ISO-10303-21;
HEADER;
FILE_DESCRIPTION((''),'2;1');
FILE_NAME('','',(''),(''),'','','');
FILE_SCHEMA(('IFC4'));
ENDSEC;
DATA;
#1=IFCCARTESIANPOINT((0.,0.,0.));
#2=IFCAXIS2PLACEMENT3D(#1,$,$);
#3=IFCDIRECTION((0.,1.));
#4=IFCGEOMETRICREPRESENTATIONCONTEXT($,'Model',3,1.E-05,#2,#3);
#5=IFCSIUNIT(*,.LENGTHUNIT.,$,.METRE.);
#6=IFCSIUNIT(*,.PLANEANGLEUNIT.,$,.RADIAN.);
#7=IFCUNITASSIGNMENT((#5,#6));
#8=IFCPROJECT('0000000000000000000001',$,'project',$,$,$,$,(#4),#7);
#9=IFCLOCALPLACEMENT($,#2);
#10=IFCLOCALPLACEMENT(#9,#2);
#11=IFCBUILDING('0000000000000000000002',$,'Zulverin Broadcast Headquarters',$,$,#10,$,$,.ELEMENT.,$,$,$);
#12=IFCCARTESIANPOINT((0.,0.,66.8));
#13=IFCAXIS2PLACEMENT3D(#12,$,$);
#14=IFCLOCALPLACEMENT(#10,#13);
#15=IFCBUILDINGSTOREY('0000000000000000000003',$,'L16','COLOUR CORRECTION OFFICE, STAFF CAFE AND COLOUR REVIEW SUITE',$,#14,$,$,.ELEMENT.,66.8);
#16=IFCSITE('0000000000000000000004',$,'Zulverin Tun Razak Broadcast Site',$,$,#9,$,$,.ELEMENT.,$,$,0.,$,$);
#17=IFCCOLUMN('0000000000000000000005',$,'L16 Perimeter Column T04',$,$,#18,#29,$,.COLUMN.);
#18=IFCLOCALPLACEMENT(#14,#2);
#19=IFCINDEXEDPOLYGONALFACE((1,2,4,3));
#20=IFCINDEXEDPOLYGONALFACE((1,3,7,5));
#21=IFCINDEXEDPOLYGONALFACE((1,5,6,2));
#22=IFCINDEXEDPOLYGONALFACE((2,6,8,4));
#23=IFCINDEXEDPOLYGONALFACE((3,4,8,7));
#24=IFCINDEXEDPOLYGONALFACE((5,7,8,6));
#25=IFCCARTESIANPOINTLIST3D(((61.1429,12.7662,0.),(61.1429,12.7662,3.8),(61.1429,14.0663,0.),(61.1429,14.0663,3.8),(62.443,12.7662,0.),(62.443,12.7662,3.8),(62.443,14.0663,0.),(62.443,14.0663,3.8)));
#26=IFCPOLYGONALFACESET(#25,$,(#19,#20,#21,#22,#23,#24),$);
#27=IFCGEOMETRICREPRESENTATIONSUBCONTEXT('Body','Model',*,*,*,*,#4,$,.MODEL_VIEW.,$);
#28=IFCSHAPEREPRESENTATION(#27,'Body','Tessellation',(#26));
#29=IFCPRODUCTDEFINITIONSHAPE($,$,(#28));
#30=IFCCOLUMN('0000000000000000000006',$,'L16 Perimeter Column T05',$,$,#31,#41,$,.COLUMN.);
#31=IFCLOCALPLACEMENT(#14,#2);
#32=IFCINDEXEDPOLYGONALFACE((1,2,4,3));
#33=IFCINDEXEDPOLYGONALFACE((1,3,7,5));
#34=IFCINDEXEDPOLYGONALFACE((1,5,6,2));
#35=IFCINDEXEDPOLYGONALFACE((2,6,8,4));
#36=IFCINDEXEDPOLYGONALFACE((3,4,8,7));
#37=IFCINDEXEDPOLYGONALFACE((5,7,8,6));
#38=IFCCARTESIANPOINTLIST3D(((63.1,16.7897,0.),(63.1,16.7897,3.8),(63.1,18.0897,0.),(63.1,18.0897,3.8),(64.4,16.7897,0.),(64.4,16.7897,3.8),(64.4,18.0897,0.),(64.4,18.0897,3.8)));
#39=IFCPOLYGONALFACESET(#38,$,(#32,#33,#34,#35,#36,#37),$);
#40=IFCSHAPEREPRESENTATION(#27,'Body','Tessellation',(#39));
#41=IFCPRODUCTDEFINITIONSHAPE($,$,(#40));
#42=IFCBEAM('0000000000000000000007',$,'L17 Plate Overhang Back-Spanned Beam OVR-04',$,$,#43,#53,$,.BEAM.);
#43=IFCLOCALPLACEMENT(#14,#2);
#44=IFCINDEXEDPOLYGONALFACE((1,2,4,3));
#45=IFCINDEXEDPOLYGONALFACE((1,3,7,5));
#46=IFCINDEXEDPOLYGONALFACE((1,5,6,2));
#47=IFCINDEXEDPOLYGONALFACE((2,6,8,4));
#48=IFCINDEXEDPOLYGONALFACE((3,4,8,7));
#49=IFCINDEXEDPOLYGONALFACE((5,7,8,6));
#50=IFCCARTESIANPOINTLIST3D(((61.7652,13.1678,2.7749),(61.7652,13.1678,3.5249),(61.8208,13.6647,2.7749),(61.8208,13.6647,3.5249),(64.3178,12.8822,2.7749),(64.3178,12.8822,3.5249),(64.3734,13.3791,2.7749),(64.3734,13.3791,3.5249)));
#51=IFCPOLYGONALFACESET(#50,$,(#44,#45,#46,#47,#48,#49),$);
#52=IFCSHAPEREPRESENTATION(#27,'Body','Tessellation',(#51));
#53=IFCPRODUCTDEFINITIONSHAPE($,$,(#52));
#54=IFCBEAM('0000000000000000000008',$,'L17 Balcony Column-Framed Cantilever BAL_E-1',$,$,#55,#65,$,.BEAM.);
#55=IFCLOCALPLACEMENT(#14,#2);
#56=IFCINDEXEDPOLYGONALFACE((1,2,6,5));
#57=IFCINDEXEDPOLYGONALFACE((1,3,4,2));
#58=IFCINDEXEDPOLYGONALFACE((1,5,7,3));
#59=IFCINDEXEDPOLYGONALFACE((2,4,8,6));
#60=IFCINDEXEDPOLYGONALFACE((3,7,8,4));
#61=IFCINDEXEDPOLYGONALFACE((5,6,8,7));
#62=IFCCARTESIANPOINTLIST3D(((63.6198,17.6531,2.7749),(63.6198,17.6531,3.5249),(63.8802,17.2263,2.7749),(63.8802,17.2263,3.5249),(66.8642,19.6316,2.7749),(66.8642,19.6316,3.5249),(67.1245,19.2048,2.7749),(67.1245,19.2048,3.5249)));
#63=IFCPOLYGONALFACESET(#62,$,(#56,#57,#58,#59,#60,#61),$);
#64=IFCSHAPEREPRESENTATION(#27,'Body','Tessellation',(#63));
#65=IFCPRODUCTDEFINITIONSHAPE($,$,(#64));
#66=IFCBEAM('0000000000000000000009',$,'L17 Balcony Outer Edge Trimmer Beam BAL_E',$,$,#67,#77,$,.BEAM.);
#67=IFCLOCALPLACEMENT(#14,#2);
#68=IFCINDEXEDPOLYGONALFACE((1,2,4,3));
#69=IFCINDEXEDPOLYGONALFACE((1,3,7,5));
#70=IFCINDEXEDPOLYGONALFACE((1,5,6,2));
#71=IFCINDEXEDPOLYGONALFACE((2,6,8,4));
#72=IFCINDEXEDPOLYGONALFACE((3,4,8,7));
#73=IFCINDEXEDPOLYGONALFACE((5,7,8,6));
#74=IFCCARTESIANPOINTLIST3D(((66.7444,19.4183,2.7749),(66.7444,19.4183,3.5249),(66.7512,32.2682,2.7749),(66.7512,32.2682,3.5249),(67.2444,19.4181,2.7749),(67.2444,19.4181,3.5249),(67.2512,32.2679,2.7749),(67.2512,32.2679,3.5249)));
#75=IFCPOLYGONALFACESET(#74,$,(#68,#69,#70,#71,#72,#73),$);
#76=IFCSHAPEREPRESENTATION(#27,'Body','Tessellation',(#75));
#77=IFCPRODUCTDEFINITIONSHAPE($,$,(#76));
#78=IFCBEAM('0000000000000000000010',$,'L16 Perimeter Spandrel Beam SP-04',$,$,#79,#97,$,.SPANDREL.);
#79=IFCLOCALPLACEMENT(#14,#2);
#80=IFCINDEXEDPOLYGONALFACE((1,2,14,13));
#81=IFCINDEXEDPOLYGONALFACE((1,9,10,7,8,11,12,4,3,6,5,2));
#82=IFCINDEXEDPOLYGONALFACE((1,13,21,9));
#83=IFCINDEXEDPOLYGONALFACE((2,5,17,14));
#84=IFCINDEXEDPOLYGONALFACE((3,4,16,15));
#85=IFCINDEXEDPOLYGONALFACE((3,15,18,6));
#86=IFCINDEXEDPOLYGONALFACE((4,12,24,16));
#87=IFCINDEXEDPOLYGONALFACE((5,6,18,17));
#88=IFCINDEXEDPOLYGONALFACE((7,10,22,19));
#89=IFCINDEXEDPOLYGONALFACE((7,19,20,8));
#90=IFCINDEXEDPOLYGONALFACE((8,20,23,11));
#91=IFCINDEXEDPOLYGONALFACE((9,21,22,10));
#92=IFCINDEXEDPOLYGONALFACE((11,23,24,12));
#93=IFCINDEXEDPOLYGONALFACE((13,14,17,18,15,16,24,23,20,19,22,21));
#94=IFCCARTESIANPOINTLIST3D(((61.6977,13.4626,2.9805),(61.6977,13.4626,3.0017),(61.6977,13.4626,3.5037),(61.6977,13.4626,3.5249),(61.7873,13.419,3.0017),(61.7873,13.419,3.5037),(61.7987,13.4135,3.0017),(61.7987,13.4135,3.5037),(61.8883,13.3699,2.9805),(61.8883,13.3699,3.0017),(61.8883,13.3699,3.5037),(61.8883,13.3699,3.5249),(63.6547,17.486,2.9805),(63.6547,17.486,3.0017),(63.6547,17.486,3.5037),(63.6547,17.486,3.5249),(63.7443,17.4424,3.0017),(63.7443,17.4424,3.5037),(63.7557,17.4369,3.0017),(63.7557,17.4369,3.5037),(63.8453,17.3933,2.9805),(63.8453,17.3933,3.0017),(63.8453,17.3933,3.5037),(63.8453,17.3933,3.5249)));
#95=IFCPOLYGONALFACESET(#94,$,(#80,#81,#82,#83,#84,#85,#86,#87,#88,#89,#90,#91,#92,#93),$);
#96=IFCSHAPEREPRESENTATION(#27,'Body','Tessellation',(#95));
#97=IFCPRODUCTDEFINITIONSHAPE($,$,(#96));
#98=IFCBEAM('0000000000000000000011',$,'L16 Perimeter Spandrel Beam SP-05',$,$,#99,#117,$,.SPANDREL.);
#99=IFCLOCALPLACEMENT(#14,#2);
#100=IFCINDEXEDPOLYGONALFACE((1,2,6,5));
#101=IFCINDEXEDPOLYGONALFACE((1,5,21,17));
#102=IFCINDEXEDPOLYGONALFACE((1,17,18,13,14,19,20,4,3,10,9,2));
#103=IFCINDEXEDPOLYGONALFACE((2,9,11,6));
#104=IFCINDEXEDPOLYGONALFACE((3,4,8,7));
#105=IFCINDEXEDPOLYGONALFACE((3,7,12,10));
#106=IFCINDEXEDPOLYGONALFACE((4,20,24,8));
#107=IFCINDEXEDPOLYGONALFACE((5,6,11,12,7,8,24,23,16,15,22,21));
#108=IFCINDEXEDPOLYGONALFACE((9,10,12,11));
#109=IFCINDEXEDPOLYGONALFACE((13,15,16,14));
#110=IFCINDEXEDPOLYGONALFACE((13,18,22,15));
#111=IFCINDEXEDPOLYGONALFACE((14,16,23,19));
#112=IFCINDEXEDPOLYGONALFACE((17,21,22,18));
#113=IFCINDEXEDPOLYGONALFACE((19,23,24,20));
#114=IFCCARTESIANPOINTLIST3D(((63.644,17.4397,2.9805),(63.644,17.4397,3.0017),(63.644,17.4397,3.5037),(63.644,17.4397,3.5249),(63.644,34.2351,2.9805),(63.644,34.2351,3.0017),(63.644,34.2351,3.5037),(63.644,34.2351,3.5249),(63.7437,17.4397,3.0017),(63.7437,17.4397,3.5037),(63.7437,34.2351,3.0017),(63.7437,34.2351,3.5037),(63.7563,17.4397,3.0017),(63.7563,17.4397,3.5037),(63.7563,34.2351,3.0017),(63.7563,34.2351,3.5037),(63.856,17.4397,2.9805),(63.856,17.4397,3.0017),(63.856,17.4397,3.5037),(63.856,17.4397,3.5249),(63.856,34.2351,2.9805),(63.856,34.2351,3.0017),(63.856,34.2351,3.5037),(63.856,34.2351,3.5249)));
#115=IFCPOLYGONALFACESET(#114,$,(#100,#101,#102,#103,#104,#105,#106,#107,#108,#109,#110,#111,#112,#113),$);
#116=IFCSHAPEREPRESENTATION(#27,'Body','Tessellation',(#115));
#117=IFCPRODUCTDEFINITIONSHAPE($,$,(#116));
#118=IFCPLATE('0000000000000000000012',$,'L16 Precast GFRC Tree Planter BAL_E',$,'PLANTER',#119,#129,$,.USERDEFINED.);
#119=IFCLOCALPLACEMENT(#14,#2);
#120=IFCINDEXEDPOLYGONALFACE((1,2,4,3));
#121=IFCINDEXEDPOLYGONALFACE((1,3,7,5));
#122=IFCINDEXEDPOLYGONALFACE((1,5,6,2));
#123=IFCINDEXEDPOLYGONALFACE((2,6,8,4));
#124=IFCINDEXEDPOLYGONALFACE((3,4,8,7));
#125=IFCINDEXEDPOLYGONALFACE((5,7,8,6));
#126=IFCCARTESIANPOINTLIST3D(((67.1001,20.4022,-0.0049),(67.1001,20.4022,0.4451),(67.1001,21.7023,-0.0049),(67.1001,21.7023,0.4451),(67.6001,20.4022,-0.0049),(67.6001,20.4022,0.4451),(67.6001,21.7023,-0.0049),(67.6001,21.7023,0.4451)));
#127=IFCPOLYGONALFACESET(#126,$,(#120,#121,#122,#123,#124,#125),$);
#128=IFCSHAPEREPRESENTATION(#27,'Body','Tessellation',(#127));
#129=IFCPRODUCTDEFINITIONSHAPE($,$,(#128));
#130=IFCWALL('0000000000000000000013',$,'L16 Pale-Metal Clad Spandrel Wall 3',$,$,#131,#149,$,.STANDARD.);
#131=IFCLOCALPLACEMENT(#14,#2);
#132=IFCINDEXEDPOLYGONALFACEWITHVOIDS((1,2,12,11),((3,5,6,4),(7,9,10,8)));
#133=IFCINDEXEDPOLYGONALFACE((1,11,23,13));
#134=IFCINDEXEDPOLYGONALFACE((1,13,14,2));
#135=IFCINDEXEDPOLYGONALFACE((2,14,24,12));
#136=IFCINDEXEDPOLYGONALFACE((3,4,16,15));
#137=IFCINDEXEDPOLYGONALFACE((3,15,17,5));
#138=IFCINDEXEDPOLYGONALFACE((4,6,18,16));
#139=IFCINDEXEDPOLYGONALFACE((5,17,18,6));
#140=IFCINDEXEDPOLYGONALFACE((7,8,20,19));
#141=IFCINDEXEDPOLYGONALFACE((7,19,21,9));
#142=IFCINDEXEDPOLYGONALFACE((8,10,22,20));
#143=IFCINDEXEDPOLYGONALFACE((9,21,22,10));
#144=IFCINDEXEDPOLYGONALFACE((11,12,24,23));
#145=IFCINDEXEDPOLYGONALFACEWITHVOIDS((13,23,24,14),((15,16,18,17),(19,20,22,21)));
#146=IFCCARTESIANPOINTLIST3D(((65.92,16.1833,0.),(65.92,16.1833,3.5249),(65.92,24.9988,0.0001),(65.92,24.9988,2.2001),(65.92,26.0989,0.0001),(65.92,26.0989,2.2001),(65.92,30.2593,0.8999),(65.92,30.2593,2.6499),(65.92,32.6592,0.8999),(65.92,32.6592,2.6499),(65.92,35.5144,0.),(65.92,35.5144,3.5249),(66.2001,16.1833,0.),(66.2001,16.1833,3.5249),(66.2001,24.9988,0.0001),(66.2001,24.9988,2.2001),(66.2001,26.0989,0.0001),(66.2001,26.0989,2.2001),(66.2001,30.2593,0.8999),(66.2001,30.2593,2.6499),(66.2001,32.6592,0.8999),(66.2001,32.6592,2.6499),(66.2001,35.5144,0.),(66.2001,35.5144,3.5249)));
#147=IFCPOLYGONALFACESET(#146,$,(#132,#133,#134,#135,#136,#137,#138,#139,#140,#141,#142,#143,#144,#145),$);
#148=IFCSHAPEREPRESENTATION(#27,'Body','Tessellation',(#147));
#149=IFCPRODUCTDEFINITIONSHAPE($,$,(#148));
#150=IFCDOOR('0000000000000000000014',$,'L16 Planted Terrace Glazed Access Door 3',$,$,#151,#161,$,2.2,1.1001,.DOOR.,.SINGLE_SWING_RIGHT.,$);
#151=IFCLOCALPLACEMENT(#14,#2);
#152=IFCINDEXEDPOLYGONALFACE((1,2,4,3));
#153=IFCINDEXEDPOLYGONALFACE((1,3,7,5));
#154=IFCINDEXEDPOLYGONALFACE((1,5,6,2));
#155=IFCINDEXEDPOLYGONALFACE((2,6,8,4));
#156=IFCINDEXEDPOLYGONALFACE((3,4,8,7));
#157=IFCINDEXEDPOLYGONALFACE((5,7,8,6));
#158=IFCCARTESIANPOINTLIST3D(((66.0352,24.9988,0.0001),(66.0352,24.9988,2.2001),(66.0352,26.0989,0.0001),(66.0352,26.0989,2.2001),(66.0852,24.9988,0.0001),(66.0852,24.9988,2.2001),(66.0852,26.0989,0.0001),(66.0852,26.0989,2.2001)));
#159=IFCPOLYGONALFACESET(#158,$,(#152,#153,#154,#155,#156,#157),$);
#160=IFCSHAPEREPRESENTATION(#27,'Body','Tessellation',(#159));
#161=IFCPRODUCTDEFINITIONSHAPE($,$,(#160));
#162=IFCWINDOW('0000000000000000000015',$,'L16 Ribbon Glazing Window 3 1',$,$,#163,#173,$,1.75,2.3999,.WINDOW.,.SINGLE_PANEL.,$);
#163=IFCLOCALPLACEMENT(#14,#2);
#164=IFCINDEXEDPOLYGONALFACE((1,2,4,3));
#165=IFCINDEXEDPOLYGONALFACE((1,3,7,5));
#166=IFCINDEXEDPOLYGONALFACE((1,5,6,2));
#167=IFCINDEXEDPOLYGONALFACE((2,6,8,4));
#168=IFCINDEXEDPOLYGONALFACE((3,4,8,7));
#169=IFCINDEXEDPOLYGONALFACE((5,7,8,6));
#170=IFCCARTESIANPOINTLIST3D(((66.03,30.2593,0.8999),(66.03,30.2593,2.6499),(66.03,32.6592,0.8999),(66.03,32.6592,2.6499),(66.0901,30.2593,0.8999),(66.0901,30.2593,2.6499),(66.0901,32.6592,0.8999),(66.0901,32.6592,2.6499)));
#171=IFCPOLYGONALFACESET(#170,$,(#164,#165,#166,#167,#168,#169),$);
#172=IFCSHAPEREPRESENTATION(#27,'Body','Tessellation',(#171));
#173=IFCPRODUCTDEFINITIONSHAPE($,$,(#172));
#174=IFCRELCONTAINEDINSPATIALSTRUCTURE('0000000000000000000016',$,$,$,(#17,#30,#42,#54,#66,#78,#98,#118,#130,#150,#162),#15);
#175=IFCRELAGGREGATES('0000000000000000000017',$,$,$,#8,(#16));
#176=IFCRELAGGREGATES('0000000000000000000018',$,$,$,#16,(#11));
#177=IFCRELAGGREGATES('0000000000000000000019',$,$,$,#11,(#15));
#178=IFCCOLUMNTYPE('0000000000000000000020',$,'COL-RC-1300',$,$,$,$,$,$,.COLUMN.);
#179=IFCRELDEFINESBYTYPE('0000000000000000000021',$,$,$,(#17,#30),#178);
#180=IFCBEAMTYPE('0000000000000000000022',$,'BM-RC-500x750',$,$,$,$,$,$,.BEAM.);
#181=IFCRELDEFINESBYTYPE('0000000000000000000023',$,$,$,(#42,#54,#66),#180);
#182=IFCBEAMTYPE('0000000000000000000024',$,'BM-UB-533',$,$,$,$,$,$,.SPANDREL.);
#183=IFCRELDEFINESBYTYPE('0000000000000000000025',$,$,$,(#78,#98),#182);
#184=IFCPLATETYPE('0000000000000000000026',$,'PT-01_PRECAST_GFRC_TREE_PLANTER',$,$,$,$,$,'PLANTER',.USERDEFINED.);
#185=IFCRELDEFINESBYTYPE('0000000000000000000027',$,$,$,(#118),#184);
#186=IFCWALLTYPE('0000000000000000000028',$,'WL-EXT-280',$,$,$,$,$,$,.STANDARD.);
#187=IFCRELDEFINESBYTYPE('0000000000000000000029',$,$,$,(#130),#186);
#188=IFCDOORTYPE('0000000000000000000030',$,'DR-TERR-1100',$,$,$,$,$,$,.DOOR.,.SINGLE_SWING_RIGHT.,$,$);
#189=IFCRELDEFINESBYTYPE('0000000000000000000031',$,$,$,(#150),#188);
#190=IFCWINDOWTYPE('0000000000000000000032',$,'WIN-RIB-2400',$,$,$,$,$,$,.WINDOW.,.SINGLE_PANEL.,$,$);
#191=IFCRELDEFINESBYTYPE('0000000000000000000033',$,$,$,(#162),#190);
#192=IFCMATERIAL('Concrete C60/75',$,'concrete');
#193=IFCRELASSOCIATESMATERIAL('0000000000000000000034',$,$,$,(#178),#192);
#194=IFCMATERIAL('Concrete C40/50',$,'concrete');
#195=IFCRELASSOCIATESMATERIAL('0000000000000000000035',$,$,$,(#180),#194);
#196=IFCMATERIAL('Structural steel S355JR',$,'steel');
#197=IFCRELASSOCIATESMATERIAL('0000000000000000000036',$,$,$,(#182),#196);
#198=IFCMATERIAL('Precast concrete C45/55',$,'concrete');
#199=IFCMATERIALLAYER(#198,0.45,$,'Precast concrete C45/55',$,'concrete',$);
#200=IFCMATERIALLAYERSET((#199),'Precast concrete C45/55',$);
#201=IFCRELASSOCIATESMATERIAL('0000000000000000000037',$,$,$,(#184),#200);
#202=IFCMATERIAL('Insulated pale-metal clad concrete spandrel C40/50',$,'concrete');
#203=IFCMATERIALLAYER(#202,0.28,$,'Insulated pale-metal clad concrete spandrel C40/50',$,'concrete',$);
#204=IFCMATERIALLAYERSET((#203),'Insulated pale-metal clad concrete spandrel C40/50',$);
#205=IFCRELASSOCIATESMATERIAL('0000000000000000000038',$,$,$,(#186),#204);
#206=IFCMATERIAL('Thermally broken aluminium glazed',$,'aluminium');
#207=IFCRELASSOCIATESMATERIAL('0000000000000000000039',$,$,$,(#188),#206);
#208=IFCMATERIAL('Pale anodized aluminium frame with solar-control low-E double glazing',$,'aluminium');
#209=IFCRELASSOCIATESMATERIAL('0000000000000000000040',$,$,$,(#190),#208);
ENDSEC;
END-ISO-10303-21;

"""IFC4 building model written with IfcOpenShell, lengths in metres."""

from ifc_helpers import new_model, si_unit, direction, frame, frame_2d, origin, origin_2d, place, context, subcontext, project, spatial, rectangle, i_section, extrude, material, layer, layer_set, material_profile, profile_set, type_object, element, fill, save


model = new_model("IFC4")

# Units and contexts
model_context = context("Model", 3, precision=1e-05, world=origin(), true_north=direction((0.0, 1.0)))
body_context = subcontext(model_context, "Body", "Model", "MODEL_VIEW")
ifc_project = project(units=[si_unit("LENGTHUNIT", "METRE"), si_unit("PLANEANGLEUNIT", "RADIAN")], contexts=[model_context])

# Site, building, storey
site_placement = place(None, origin())
site = spatial("IfcSite", under=ifc_project, at=site_placement, Name="Zulverin Tun Razak Broadcast Site", CompositionType="ELEMENT", RefElevation=0.0)
building_placement = place(site_placement, origin())
building = spatial("IfcBuilding", under=site, at=building_placement, Name="Zulverin Broadcast Headquarters", CompositionType="ELEMENT")
storey_placement = place(building_placement, frame((0.0, 0.0, 66.8)))
storey = spatial("IfcBuildingStorey", under=building, at=storey_placement, Name="L16", Description="COLOUR CORRECTION OFFICE, STAFF CAFE AND COLOUR REVIEW SUITE", CompositionType="ELEMENT", Elevation=66.8)

# Columns
ifc_material_1 = material(Name="Concrete C60/75", Category="concrete")
ifc_material_profile_1 = material_profile(ifc_material_1, rectangle(XDim=1.3, YDim=1.3, at=origin_2d()), Name="Concrete C60/75", Category="concrete")
ifc_profile_set_1 = profile_set([ifc_material_profile_1], Name="Concrete C60/75")
column_type = type_object("IfcColumnType", Name="COL-RC-1300", PredefinedType="COLUMN", material=ifc_profile_set_1)
for number, where, z_axis, x_axis, name in (
    (1, (61.793, 13.4163, 0.0), (0.0, 0.0, 1.0), (1.0, 0.0, 0.0), "L16 Perimeter Column T04"),
    (2, (63.75, 17.4397, 0.0), (0.0, 0.0, 1.0), (1.0, 0.0, 0.0), "L16 Perimeter Column T05"),
):
    element("IfcColumn", number, at=place(storey_placement, frame(where, z_axis=z_axis, x_axis=x_axis)), inside=storey, type_object=column_type, Name=name, PredefinedType="COLUMN", context=body_context, shape_type="SweptSolid", body=[
        extrude(rectangle(XDim=1.3, YDim=1.3, at=origin_2d()), origin(), (0.0, 0.0, 1.0), 3.8),
    ])

# Beams
ifc_material_2 = material(Name="Concrete C40/50", Category="concrete")
ifc_material_profile_2 = material_profile(ifc_material_2, rectangle(XDim=0.5, YDim=0.75, at=origin_2d()), Name="Concrete C40/50", Category="concrete")
ifc_profile_set_2 = profile_set([ifc_material_profile_2], Name="Concrete C40/50")
beam_type_1 = type_object("IfcBeamType", Name="BM-RC-500x750", PredefinedType="BEAM", material=ifc_profile_set_2)
beam_1_placement = place(storey_placement, frame((61.793, 13.4163, 3.1499), z_axis=(0.993798, -0.111203, 0.0), x_axis=(0.111203, 0.993798, 0.0)))
element("IfcBeam", 3, at=beam_1_placement, inside=storey, type_object=beam_type_1, Name="L17 Plate Overhang Back-Spanned Beam OVR-04", PredefinedType="BEAM", context=body_context, shape_type="SweptSolid", body=[
    extrude(rectangle(XDim=0.5, YDim=0.75, at=origin_2d()), origin(), (0.0, 0.0, 1.0), 2.5686),
])
beam_2_placement = place(storey_placement, frame((63.75, 17.4397, 3.1499), z_axis=(0.853769, 0.520652, 0.0), x_axis=(-0.520652, 0.853769, 0.0)))
element("IfcBeam", 4, at=beam_2_placement, inside=storey, type_object=beam_type_1, Name="L17 Balcony Column-Framed Cantilever BAL_E-1", PredefinedType="BEAM", context=body_context, shape_type="SweptSolid", body=[
    extrude(rectangle(XDim=0.5, YDim=0.75, at=origin_2d()), origin(), (0.0, 0.0, 1.0), 3.8),
])
beam_3_placement = place(storey_placement, frame((66.9944, 19.4182, 3.1499), z_axis=(0.000532, 1.0, 0.0), x_axis=(-1.0, 0.000532, 0.0)))
element("IfcBeam", 5, at=beam_3_placement, inside=storey, type_object=beam_type_1, Name="L17 Balcony Outer Edge Trimmer Beam BAL_E", PredefinedType="BEAM", context=body_context, shape_type="SweptSolid", body=[
    extrude(rectangle(XDim=0.5, YDim=0.75, at=origin_2d()), origin(), (0.0, 0.0, 1.0), 12.8499),
])
ifc_material_3 = material(Name="Structural steel S355JR", Category="steel")
ifc_material_profile_3 = material_profile(ifc_material_3, i_section(OverallWidth=0.2119, OverallDepth=0.5444, WebThickness=0.0127, FlangeThickness=0.0212, at=origin_2d()), Name="Structural steel S355JR", Category="steel")
ifc_profile_set_3 = profile_set([ifc_material_profile_3], Name="Structural steel S355JR")
beam_type_2 = type_object("IfcBeamType", Name="BM-UB-533", PredefinedType="SPANDREL", material=ifc_profile_set_3)
beam_4_placement = place(storey_placement, frame((61.793, 13.4163, 3.2527), z_axis=(0.437408, 0.899263, 0.0), x_axis=(-0.899263, 0.437408, 0.0)))
element("IfcBeam", 6, at=beam_4_placement, inside=storey, type_object=beam_type_2, Name="L16 Perimeter Spandrel Beam SP-04", PredefinedType="SPANDREL", context=body_context, shape_type="SweptSolid", body=[
    extrude(i_section(OverallWidth=0.2119, OverallDepth=0.5444, WebThickness=0.0127, FlangeThickness=0.0212, at=origin_2d()), origin(), (0.0, 0.0, 1.0), 4.4741),
])
beam_5_placement = place(storey_placement, frame((63.75, 17.4397, 3.2527), z_axis=(0.0, 1.0, 0.0), x_axis=(-1.0, 0.0, 0.0)))
element("IfcBeam", 7, at=beam_5_placement, inside=storey, type_object=beam_type_2, Name="L16 Perimeter Spandrel Beam SP-05", PredefinedType="SPANDREL", context=body_context, shape_type="SweptSolid", body=[
    extrude(i_section(OverallWidth=0.2119, OverallDepth=0.5444, WebThickness=0.0127, FlangeThickness=0.0212, at=origin_2d()), origin(), (0.0, 0.0, 1.0), 16.7954),
])

# Plate
ifc_material_4 = material(Name="Precast concrete C45/55", Category="concrete")
ifc_layer_1 = layer(ifc_material_4, 0.45, Name="Precast concrete C45/55", Category="concrete")
ifc_layer_set_1 = layer_set([ifc_layer_1], Name="Precast concrete C45/55")
plate_type = type_object("IfcPlateType", Name="PT-01_PRECAST_GFRC_TREE_PLANTER", ElementType="PLANTER", PredefinedType="USERDEFINED", material=ifc_layer_set_1)
plate_placement = place(storey_placement, frame((67.3501, 21.0522, -0.0049), z_axis=(0.0, 0.0, 1.0), x_axis=(0.0, 1.0, 0.0)))
element("IfcPlate", 8, at=plate_placement, inside=storey, type_object=plate_type, Name="L16 Precast GFRC Tree Planter BAL_E", ObjectType="PLANTER", PredefinedType="USERDEFINED", context=body_context, shape_type="SweptSolid", body=[
    extrude(rectangle(XDim=1.3, YDim=0.5, at=origin_2d()), origin(), (0.0, 0.0, 1.0), 0.45),
])

# Wall, openings, door, window
ifc_material_5 = material(Name="Insulated pale-metal clad concrete spandrel C40/50", Category="concrete")
ifc_layer_2 = layer(ifc_material_5, 0.28, Name="Insulated pale-metal clad concrete spandrel C40/50", Category="concrete")
ifc_layer_set_2 = layer_set([ifc_layer_2], Name="Insulated pale-metal clad concrete spandrel C40/50")
wall_type = type_object("IfcWallType", Name="WL-EXT-280", PredefinedType="STANDARD", material=ifc_layer_set_2)
wall_1_placement = place(storey_placement, frame((66.0601, 16.1833, 0.0), z_axis=(0.0, 0.0, 1.0), x_axis=(0.0, 1.0, 0.0)))
wall_1 = element("IfcWall", 9, at=wall_1_placement, inside=storey, type_object=wall_type, Name="L16 Pale-Metal Clad Spandrel Wall 3", PredefinedType="STANDARD", context=body_context, shape_type="SweptSolid", body=[
    extrude(rectangle(XDim=19.3311, YDim=0.28, at=frame_2d((9.6655, 0.0))), origin(), (0.0, 0.0, 1.0), 3.5249),
])
opening_1_placement = place(wall_1_placement, frame((8.8154, 0.0, 0.0)))
opening_1 = element("IfcOpeningElement", 10, at=opening_1_placement, cuts=wall_1, PredefinedType="OPENING", context=body_context, shape_type="SweptSolid", body=[
    extrude(rectangle(XDim=1.1001, YDim=2.2, at=frame_2d((0.55, 1.1001))), frame((0.0, 0.1499, 0.0), z_axis=(0.0, -1.0, 0.0), x_axis=(1.0, 0.0, 0.0)), (0.0, 0.0, 1.0), 0.3),
])
opening_2_placement = place(wall_1_placement, frame((14.0759, 0.0, 0.8999)))
opening_2 = element("IfcOpeningElement", 11, at=opening_2_placement, cuts=wall_1, PredefinedType="OPENING", context=body_context, shape_type="SweptSolid", body=[
    extrude(rectangle(XDim=2.3999, YDim=1.75, at=frame_2d((1.2, 0.875))), frame((0.0, 0.1499, 0.0), z_axis=(0.0, -1.0, 0.0), x_axis=(1.0, 0.0, 0.0)), (0.0, 0.0, 1.0), 0.3),
])
ifc_material_6 = material(Name="Thermally broken aluminium glazed", Category="aluminium")
door_type = type_object("IfcDoorType", Name="DR-TERR-1100", OperationType="SINGLE_SWING_RIGHT", PredefinedType="DOOR", material=ifc_material_6)
door_placement = place(opening_1_placement, origin())
door = element("IfcDoor", 12, at=door_placement, inside=storey, type_object=door_type, Name="L16 Planted Terrace Glazed Access Door 3", OperationType="SINGLE_SWING_RIGHT", OverallHeight=2.2, OverallWidth=1.1001, PredefinedType="DOOR", context=body_context, shape_type="SweptSolid", body=[
    extrude(rectangle(XDim=1.1001, YDim=2.2, at=frame_2d((0.55, 1.1001))), frame((0.0, 0.0249, 0.0), z_axis=(0.0, -1.0, 0.0), x_axis=(1.0, 0.0, 0.0)), (0.0, 0.0, 1.0), 0.05),
])
fill(opening_1, door)
ifc_material_7 = material(Name="Pale anodized aluminium frame with solar-control low-E double glazing", Category="aluminium")
window_type = type_object("IfcWindowType", Name="WIN-RIB-2400", PartitioningType="SINGLE_PANEL", PredefinedType="WINDOW", material=ifc_material_7)
window_placement = place(opening_2_placement, origin())
window = element("IfcWindow", 13, at=window_placement, inside=storey, type_object=window_type, Name="L16 Ribbon Glazing Window 3 1", OverallHeight=1.75, OverallWidth=2.3999, PartitioningType="SINGLE_PANEL", PredefinedType="WINDOW", context=body_context, shape_type="SweptSolid", body=[
    extrude(rectangle(XDim=2.3999, YDim=1.75, at=frame_2d((1.2, 0.875))), frame((0.0, 0.03, 0.0), z_axis=(0.0, -1.0, 0.0), x_axis=(1.0, 0.0, 0.0)), (0.0, 0.0, 1.0), 0.0601),
])
fill(opening_2, window)

save(model, "model.ifc")
